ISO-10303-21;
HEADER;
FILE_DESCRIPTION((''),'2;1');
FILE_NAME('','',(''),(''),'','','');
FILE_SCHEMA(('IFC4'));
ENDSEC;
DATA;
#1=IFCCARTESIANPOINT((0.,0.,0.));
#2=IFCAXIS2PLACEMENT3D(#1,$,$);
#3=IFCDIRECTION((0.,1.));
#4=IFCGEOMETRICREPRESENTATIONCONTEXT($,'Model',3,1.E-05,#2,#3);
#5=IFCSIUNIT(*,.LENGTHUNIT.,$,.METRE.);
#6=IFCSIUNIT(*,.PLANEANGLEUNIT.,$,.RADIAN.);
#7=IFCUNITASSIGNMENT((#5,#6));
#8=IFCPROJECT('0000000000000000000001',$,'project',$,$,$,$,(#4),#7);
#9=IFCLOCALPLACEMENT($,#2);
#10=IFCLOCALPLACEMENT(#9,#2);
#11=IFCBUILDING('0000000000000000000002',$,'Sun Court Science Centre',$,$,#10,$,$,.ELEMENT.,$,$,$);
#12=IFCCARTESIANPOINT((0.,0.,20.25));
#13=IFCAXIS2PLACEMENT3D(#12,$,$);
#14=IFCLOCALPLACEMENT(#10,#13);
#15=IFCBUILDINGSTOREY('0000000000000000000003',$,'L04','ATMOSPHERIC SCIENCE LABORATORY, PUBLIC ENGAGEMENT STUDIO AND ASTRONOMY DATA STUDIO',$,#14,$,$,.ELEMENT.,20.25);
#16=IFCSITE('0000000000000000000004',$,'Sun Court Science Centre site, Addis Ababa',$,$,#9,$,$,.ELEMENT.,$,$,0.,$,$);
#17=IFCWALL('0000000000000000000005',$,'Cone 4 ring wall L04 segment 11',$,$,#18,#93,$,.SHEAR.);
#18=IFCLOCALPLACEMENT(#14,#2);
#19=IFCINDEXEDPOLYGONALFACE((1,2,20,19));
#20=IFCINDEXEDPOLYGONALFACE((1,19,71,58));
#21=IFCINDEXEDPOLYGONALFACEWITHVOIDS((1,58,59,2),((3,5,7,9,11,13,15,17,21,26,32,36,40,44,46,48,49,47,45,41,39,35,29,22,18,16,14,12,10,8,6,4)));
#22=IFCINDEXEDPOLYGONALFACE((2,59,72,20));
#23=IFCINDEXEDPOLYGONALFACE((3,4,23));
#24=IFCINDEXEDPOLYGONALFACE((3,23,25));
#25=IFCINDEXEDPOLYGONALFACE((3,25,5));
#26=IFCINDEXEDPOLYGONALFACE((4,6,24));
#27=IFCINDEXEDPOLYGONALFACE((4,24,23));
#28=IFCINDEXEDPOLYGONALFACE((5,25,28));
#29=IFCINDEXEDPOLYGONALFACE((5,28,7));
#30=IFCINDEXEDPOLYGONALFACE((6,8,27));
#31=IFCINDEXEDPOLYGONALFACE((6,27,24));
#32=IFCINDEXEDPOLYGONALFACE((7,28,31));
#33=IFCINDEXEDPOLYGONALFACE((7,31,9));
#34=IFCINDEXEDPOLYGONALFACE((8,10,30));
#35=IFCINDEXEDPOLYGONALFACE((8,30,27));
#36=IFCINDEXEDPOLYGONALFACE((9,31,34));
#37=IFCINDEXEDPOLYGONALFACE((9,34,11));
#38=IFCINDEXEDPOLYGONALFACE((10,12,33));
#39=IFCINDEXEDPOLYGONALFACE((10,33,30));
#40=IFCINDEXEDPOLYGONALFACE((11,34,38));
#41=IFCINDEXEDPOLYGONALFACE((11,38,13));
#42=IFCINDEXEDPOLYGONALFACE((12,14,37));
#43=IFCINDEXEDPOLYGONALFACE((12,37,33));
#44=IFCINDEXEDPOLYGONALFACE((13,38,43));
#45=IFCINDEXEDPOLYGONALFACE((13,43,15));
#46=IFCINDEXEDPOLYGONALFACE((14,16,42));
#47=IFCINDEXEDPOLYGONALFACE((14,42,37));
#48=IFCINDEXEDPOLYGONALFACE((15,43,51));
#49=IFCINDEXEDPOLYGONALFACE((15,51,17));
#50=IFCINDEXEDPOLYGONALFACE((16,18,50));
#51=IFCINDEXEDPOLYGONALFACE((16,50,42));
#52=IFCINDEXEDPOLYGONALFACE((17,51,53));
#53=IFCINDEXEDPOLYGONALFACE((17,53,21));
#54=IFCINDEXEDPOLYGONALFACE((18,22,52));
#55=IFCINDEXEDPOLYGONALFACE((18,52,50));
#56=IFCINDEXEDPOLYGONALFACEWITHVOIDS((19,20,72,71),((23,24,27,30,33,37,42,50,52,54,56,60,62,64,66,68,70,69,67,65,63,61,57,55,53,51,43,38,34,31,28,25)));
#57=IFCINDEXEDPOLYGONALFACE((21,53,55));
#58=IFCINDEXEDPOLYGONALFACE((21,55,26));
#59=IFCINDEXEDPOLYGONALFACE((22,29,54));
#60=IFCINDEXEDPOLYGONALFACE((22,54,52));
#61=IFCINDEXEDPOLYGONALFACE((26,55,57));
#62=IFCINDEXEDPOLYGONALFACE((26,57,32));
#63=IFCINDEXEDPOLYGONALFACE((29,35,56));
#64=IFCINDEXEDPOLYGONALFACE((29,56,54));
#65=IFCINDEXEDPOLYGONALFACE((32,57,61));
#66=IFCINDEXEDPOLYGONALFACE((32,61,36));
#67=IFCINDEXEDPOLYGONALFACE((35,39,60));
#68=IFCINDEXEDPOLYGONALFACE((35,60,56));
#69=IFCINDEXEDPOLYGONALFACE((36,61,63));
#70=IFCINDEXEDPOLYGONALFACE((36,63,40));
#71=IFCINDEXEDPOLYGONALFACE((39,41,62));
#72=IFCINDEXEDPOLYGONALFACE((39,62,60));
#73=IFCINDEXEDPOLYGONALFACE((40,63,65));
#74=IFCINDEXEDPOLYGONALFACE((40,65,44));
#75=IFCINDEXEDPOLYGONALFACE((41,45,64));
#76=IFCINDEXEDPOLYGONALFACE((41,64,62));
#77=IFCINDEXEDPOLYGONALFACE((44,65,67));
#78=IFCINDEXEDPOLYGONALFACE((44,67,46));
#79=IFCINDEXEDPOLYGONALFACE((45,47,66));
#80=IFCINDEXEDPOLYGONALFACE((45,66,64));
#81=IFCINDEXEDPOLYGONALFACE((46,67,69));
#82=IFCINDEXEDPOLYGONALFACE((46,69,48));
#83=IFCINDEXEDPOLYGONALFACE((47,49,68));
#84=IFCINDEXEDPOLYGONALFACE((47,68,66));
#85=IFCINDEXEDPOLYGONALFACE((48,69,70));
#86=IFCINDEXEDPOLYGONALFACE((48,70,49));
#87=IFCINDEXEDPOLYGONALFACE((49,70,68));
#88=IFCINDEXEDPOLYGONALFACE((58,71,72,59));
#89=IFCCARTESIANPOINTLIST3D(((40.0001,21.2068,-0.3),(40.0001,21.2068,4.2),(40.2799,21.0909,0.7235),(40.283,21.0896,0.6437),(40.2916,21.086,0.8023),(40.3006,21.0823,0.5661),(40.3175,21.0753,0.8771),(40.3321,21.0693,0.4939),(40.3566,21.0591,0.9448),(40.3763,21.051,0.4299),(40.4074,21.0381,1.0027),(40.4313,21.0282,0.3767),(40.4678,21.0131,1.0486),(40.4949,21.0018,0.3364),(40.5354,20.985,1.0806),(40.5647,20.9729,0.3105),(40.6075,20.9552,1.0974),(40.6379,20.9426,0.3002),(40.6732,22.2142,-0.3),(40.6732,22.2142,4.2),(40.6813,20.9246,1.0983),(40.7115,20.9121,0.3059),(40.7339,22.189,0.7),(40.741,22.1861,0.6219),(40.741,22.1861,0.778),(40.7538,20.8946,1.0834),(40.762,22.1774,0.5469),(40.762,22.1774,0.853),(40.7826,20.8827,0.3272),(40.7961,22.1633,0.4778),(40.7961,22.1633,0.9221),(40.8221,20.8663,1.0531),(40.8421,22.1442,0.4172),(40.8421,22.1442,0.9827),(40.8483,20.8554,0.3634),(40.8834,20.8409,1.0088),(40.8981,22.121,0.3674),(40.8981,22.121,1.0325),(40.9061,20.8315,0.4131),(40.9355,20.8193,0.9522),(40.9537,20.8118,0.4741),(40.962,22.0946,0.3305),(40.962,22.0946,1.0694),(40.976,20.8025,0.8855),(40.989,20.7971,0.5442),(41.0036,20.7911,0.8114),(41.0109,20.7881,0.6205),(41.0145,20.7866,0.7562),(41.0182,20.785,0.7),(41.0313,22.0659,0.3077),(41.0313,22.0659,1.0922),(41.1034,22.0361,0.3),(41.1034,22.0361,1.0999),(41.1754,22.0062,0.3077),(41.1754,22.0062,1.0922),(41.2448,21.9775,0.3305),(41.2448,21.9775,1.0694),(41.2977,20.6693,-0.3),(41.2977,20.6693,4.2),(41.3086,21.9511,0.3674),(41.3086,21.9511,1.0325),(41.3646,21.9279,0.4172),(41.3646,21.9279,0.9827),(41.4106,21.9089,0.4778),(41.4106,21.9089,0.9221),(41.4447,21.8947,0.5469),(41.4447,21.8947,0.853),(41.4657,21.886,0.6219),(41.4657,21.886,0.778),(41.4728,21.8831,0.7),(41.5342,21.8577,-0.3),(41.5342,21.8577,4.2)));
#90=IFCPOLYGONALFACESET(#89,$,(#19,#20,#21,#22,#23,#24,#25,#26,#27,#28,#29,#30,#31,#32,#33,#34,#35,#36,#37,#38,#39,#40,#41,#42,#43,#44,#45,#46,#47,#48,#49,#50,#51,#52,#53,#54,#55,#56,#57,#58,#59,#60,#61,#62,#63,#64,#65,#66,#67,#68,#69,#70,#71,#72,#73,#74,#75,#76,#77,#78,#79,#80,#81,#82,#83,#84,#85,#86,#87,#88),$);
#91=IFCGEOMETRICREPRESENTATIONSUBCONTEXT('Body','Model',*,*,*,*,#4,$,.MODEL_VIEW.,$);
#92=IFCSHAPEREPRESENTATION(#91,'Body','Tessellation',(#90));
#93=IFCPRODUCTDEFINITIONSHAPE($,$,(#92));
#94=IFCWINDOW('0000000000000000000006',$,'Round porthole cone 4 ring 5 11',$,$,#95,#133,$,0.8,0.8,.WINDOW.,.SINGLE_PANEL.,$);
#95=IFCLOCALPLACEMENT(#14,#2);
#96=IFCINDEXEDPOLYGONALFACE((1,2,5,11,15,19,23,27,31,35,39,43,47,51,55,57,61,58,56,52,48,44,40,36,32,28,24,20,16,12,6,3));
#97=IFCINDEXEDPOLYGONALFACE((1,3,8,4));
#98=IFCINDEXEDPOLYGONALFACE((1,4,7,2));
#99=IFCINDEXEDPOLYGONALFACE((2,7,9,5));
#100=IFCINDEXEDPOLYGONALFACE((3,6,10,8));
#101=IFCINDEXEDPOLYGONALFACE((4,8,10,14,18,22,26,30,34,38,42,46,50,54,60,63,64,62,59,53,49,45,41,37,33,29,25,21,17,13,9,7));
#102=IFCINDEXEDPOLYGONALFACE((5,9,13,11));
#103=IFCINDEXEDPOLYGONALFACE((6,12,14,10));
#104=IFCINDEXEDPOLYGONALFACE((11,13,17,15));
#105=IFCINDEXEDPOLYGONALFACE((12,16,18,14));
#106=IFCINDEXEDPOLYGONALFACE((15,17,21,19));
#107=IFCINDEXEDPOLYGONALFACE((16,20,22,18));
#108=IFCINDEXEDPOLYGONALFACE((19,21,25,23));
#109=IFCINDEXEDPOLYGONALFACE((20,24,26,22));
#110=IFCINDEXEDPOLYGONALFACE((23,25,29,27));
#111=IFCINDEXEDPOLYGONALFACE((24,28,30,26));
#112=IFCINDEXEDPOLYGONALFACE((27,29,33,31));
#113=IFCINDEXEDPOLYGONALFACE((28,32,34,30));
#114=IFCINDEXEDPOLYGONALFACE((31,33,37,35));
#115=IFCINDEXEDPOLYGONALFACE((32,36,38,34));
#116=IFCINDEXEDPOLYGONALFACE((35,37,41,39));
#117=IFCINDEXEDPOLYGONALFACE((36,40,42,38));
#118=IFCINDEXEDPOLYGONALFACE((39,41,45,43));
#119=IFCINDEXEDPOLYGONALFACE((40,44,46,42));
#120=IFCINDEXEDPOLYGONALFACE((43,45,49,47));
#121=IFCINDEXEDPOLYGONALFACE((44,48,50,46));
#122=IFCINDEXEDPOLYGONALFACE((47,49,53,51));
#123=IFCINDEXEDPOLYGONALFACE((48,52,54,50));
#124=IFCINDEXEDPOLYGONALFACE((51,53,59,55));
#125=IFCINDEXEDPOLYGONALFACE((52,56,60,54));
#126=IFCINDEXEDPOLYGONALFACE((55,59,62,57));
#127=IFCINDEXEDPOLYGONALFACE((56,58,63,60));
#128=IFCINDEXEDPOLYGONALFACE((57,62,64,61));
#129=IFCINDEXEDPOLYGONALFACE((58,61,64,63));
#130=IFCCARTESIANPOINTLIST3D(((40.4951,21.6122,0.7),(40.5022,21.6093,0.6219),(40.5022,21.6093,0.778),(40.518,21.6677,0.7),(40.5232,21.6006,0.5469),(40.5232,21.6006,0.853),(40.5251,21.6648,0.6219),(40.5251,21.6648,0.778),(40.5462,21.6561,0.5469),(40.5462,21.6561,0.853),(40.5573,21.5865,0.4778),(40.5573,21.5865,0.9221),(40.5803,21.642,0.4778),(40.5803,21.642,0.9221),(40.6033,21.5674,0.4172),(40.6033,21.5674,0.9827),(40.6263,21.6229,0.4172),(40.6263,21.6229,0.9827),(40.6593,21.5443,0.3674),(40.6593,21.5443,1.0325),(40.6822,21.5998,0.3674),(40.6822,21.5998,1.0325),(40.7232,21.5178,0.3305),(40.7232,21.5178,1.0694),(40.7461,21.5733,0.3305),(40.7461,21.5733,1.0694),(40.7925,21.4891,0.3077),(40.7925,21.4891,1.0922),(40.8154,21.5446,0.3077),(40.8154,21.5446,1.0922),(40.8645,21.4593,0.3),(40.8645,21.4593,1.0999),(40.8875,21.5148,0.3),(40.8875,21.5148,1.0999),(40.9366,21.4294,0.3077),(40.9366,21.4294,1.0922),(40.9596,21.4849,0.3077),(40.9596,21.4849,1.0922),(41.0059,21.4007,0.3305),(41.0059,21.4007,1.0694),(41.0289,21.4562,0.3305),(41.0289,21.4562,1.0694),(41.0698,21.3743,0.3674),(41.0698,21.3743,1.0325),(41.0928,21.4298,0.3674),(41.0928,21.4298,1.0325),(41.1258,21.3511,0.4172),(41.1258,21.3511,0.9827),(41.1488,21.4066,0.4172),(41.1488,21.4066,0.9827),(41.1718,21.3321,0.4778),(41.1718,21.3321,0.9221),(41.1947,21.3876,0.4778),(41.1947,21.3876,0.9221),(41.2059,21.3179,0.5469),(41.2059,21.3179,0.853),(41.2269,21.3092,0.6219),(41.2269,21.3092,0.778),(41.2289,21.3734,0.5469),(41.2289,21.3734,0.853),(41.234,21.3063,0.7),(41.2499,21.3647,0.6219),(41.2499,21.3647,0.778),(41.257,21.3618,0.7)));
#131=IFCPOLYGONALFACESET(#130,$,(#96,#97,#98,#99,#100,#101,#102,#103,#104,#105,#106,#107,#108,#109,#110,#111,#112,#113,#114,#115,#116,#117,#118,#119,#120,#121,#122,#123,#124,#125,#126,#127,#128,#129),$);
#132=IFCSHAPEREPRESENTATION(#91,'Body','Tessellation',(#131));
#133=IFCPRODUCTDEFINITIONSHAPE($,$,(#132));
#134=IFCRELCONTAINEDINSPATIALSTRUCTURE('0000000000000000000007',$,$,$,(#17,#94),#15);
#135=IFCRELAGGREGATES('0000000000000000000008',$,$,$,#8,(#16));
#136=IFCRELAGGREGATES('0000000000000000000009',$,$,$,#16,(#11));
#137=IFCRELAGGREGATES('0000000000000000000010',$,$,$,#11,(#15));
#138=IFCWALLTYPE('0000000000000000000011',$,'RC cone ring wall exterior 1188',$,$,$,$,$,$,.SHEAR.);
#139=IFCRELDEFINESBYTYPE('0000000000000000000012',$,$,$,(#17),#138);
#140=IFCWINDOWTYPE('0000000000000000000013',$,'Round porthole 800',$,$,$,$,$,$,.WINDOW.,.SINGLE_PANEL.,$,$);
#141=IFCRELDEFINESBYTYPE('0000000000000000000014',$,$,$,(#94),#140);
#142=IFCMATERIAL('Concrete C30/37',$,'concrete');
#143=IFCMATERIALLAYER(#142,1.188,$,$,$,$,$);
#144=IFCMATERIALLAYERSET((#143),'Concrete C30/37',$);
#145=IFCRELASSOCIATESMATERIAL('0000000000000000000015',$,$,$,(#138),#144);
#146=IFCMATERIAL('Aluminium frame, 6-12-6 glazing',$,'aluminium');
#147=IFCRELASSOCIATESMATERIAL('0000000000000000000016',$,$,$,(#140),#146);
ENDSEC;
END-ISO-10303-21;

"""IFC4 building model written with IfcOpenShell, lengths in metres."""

from ifc_helpers import new_model, si_unit, direction, frame, frame_2d, origin, place, context, subcontext, project, spatial, polyline, circle, outline, extrude, material, layer, layer_set, type_object, element, fill, save


model = new_model("IFC4")

# Units and contexts
model_context = context("Model", 3, precision=1e-05, world=origin(), true_north=direction((0.0, 1.0)))
body_context = subcontext(model_context, "Body", "Model", "MODEL_VIEW")
ifc_project = project(units=[si_unit("LENGTHUNIT", "METRE"), si_unit("PLANEANGLEUNIT", "RADIAN")], contexts=[model_context])

# Site, building, storey
site_placement = place(None, origin())
site = spatial("IfcSite", under=ifc_project, at=site_placement, Name="Sun Court Science Centre site, Addis Ababa", CompositionType="ELEMENT", RefElevation=0.0)
building_placement = place(site_placement, origin())
building = spatial("IfcBuilding", under=site, at=building_placement, Name="Sun Court Science Centre", CompositionType="ELEMENT")
storey_placement = place(building_placement, frame((0.0, 0.0, 20.25)))
storey = spatial("IfcBuildingStorey", under=building, at=storey_placement, Name="L04", Description="ATMOSPHERIC SCIENCE LABORATORY, PUBLIC ENGAGEMENT STUDIO AND ASTRONOMY DATA STUDIO", CompositionType="ELEMENT", Elevation=20.25)

# Wall, opening, window
ifc_material_1 = material(Name="Concrete C30/37", Category="concrete")
ifc_layer_1 = layer(ifc_material_1, 1.188)
ifc_layer_set_1 = layer_set([ifc_layer_1], Name="Concrete C30/37")
wall_type_1 = type_object("IfcWallType", Name="RC cone ring wall exterior 1188", PredefinedType="SHEAR", material=ifc_layer_set_1)
wall_1_placement = place(storey_placement, frame((40.2273, 21.7556, -0.3), z_axis=(0.0, 0.0, 1.0), x_axis=(0.923938, -0.382541, 0.0)))
wall_1 = element("IfcWall", 1, at=wall_1_placement, inside=storey, type_object=wall_type_1, Name="Cone 4 ring wall L04 segment 11", PredefinedType="SHEAR", context=body_context, shape_type="SweptSolid", body=[
    extrude(outline(polyline([(0.0, -0.594), (1.4045, -0.5942), (1.1685, 0.5942), (0.2366, 0.5942), (0.0, -0.594)])), origin(), (0.0, 0.0, 1.0), 4.5),
])
opening_1_placement = place(wall_1_placement, frame((0.3022, 0.0, 0.6001)))
opening_1 = element("IfcOpeningElement", 2, at=opening_1_placement, cuts=wall_1, PredefinedType="OPENING", context=body_context, shape_type="SweptSolid", body=[
    extrude(circle(Radius=0.3999, at=frame_2d((0.3999, 0.3999))), frame((0.0, 0.6042, 0.0), z_axis=(0.0, -1.0, 0.0), x_axis=(1.0, 0.0, 0.0)), (0.0, 0.0, 1.0), 1.2085),
])
ifc_material_2 = material(Name="Aluminium frame, 6-12-6 glazing", Category="aluminium")
window_type = type_object("IfcWindowType", Name="Round porthole 800", PartitioningType="SINGLE_PANEL", PredefinedType="WINDOW", material=ifc_material_2)
window_1_placement = place(opening_1_placement, origin())
window_1 = element("IfcWindow", 3, at=window_1_placement, inside=storey, type_object=window_type, Name="Round porthole cone 4 ring 5 11", OverallHeight=0.8, OverallWidth=0.8, PartitioningType="SINGLE_PANEL", PredefinedType="WINDOW", context=body_context, shape_type="SweptSolid", body=[
    extrude(circle(Radius=0.3999, at=frame_2d((0.3999, 0.3999))), frame((0.0, 0.03, 0.0), z_axis=(0.0, -1.0, 0.0), x_axis=(1.0, 0.0, 0.0)), (0.0, 0.0, 1.0), 0.0601),
])
fill(opening_1, window_1)

save(model, "model.ifc")
